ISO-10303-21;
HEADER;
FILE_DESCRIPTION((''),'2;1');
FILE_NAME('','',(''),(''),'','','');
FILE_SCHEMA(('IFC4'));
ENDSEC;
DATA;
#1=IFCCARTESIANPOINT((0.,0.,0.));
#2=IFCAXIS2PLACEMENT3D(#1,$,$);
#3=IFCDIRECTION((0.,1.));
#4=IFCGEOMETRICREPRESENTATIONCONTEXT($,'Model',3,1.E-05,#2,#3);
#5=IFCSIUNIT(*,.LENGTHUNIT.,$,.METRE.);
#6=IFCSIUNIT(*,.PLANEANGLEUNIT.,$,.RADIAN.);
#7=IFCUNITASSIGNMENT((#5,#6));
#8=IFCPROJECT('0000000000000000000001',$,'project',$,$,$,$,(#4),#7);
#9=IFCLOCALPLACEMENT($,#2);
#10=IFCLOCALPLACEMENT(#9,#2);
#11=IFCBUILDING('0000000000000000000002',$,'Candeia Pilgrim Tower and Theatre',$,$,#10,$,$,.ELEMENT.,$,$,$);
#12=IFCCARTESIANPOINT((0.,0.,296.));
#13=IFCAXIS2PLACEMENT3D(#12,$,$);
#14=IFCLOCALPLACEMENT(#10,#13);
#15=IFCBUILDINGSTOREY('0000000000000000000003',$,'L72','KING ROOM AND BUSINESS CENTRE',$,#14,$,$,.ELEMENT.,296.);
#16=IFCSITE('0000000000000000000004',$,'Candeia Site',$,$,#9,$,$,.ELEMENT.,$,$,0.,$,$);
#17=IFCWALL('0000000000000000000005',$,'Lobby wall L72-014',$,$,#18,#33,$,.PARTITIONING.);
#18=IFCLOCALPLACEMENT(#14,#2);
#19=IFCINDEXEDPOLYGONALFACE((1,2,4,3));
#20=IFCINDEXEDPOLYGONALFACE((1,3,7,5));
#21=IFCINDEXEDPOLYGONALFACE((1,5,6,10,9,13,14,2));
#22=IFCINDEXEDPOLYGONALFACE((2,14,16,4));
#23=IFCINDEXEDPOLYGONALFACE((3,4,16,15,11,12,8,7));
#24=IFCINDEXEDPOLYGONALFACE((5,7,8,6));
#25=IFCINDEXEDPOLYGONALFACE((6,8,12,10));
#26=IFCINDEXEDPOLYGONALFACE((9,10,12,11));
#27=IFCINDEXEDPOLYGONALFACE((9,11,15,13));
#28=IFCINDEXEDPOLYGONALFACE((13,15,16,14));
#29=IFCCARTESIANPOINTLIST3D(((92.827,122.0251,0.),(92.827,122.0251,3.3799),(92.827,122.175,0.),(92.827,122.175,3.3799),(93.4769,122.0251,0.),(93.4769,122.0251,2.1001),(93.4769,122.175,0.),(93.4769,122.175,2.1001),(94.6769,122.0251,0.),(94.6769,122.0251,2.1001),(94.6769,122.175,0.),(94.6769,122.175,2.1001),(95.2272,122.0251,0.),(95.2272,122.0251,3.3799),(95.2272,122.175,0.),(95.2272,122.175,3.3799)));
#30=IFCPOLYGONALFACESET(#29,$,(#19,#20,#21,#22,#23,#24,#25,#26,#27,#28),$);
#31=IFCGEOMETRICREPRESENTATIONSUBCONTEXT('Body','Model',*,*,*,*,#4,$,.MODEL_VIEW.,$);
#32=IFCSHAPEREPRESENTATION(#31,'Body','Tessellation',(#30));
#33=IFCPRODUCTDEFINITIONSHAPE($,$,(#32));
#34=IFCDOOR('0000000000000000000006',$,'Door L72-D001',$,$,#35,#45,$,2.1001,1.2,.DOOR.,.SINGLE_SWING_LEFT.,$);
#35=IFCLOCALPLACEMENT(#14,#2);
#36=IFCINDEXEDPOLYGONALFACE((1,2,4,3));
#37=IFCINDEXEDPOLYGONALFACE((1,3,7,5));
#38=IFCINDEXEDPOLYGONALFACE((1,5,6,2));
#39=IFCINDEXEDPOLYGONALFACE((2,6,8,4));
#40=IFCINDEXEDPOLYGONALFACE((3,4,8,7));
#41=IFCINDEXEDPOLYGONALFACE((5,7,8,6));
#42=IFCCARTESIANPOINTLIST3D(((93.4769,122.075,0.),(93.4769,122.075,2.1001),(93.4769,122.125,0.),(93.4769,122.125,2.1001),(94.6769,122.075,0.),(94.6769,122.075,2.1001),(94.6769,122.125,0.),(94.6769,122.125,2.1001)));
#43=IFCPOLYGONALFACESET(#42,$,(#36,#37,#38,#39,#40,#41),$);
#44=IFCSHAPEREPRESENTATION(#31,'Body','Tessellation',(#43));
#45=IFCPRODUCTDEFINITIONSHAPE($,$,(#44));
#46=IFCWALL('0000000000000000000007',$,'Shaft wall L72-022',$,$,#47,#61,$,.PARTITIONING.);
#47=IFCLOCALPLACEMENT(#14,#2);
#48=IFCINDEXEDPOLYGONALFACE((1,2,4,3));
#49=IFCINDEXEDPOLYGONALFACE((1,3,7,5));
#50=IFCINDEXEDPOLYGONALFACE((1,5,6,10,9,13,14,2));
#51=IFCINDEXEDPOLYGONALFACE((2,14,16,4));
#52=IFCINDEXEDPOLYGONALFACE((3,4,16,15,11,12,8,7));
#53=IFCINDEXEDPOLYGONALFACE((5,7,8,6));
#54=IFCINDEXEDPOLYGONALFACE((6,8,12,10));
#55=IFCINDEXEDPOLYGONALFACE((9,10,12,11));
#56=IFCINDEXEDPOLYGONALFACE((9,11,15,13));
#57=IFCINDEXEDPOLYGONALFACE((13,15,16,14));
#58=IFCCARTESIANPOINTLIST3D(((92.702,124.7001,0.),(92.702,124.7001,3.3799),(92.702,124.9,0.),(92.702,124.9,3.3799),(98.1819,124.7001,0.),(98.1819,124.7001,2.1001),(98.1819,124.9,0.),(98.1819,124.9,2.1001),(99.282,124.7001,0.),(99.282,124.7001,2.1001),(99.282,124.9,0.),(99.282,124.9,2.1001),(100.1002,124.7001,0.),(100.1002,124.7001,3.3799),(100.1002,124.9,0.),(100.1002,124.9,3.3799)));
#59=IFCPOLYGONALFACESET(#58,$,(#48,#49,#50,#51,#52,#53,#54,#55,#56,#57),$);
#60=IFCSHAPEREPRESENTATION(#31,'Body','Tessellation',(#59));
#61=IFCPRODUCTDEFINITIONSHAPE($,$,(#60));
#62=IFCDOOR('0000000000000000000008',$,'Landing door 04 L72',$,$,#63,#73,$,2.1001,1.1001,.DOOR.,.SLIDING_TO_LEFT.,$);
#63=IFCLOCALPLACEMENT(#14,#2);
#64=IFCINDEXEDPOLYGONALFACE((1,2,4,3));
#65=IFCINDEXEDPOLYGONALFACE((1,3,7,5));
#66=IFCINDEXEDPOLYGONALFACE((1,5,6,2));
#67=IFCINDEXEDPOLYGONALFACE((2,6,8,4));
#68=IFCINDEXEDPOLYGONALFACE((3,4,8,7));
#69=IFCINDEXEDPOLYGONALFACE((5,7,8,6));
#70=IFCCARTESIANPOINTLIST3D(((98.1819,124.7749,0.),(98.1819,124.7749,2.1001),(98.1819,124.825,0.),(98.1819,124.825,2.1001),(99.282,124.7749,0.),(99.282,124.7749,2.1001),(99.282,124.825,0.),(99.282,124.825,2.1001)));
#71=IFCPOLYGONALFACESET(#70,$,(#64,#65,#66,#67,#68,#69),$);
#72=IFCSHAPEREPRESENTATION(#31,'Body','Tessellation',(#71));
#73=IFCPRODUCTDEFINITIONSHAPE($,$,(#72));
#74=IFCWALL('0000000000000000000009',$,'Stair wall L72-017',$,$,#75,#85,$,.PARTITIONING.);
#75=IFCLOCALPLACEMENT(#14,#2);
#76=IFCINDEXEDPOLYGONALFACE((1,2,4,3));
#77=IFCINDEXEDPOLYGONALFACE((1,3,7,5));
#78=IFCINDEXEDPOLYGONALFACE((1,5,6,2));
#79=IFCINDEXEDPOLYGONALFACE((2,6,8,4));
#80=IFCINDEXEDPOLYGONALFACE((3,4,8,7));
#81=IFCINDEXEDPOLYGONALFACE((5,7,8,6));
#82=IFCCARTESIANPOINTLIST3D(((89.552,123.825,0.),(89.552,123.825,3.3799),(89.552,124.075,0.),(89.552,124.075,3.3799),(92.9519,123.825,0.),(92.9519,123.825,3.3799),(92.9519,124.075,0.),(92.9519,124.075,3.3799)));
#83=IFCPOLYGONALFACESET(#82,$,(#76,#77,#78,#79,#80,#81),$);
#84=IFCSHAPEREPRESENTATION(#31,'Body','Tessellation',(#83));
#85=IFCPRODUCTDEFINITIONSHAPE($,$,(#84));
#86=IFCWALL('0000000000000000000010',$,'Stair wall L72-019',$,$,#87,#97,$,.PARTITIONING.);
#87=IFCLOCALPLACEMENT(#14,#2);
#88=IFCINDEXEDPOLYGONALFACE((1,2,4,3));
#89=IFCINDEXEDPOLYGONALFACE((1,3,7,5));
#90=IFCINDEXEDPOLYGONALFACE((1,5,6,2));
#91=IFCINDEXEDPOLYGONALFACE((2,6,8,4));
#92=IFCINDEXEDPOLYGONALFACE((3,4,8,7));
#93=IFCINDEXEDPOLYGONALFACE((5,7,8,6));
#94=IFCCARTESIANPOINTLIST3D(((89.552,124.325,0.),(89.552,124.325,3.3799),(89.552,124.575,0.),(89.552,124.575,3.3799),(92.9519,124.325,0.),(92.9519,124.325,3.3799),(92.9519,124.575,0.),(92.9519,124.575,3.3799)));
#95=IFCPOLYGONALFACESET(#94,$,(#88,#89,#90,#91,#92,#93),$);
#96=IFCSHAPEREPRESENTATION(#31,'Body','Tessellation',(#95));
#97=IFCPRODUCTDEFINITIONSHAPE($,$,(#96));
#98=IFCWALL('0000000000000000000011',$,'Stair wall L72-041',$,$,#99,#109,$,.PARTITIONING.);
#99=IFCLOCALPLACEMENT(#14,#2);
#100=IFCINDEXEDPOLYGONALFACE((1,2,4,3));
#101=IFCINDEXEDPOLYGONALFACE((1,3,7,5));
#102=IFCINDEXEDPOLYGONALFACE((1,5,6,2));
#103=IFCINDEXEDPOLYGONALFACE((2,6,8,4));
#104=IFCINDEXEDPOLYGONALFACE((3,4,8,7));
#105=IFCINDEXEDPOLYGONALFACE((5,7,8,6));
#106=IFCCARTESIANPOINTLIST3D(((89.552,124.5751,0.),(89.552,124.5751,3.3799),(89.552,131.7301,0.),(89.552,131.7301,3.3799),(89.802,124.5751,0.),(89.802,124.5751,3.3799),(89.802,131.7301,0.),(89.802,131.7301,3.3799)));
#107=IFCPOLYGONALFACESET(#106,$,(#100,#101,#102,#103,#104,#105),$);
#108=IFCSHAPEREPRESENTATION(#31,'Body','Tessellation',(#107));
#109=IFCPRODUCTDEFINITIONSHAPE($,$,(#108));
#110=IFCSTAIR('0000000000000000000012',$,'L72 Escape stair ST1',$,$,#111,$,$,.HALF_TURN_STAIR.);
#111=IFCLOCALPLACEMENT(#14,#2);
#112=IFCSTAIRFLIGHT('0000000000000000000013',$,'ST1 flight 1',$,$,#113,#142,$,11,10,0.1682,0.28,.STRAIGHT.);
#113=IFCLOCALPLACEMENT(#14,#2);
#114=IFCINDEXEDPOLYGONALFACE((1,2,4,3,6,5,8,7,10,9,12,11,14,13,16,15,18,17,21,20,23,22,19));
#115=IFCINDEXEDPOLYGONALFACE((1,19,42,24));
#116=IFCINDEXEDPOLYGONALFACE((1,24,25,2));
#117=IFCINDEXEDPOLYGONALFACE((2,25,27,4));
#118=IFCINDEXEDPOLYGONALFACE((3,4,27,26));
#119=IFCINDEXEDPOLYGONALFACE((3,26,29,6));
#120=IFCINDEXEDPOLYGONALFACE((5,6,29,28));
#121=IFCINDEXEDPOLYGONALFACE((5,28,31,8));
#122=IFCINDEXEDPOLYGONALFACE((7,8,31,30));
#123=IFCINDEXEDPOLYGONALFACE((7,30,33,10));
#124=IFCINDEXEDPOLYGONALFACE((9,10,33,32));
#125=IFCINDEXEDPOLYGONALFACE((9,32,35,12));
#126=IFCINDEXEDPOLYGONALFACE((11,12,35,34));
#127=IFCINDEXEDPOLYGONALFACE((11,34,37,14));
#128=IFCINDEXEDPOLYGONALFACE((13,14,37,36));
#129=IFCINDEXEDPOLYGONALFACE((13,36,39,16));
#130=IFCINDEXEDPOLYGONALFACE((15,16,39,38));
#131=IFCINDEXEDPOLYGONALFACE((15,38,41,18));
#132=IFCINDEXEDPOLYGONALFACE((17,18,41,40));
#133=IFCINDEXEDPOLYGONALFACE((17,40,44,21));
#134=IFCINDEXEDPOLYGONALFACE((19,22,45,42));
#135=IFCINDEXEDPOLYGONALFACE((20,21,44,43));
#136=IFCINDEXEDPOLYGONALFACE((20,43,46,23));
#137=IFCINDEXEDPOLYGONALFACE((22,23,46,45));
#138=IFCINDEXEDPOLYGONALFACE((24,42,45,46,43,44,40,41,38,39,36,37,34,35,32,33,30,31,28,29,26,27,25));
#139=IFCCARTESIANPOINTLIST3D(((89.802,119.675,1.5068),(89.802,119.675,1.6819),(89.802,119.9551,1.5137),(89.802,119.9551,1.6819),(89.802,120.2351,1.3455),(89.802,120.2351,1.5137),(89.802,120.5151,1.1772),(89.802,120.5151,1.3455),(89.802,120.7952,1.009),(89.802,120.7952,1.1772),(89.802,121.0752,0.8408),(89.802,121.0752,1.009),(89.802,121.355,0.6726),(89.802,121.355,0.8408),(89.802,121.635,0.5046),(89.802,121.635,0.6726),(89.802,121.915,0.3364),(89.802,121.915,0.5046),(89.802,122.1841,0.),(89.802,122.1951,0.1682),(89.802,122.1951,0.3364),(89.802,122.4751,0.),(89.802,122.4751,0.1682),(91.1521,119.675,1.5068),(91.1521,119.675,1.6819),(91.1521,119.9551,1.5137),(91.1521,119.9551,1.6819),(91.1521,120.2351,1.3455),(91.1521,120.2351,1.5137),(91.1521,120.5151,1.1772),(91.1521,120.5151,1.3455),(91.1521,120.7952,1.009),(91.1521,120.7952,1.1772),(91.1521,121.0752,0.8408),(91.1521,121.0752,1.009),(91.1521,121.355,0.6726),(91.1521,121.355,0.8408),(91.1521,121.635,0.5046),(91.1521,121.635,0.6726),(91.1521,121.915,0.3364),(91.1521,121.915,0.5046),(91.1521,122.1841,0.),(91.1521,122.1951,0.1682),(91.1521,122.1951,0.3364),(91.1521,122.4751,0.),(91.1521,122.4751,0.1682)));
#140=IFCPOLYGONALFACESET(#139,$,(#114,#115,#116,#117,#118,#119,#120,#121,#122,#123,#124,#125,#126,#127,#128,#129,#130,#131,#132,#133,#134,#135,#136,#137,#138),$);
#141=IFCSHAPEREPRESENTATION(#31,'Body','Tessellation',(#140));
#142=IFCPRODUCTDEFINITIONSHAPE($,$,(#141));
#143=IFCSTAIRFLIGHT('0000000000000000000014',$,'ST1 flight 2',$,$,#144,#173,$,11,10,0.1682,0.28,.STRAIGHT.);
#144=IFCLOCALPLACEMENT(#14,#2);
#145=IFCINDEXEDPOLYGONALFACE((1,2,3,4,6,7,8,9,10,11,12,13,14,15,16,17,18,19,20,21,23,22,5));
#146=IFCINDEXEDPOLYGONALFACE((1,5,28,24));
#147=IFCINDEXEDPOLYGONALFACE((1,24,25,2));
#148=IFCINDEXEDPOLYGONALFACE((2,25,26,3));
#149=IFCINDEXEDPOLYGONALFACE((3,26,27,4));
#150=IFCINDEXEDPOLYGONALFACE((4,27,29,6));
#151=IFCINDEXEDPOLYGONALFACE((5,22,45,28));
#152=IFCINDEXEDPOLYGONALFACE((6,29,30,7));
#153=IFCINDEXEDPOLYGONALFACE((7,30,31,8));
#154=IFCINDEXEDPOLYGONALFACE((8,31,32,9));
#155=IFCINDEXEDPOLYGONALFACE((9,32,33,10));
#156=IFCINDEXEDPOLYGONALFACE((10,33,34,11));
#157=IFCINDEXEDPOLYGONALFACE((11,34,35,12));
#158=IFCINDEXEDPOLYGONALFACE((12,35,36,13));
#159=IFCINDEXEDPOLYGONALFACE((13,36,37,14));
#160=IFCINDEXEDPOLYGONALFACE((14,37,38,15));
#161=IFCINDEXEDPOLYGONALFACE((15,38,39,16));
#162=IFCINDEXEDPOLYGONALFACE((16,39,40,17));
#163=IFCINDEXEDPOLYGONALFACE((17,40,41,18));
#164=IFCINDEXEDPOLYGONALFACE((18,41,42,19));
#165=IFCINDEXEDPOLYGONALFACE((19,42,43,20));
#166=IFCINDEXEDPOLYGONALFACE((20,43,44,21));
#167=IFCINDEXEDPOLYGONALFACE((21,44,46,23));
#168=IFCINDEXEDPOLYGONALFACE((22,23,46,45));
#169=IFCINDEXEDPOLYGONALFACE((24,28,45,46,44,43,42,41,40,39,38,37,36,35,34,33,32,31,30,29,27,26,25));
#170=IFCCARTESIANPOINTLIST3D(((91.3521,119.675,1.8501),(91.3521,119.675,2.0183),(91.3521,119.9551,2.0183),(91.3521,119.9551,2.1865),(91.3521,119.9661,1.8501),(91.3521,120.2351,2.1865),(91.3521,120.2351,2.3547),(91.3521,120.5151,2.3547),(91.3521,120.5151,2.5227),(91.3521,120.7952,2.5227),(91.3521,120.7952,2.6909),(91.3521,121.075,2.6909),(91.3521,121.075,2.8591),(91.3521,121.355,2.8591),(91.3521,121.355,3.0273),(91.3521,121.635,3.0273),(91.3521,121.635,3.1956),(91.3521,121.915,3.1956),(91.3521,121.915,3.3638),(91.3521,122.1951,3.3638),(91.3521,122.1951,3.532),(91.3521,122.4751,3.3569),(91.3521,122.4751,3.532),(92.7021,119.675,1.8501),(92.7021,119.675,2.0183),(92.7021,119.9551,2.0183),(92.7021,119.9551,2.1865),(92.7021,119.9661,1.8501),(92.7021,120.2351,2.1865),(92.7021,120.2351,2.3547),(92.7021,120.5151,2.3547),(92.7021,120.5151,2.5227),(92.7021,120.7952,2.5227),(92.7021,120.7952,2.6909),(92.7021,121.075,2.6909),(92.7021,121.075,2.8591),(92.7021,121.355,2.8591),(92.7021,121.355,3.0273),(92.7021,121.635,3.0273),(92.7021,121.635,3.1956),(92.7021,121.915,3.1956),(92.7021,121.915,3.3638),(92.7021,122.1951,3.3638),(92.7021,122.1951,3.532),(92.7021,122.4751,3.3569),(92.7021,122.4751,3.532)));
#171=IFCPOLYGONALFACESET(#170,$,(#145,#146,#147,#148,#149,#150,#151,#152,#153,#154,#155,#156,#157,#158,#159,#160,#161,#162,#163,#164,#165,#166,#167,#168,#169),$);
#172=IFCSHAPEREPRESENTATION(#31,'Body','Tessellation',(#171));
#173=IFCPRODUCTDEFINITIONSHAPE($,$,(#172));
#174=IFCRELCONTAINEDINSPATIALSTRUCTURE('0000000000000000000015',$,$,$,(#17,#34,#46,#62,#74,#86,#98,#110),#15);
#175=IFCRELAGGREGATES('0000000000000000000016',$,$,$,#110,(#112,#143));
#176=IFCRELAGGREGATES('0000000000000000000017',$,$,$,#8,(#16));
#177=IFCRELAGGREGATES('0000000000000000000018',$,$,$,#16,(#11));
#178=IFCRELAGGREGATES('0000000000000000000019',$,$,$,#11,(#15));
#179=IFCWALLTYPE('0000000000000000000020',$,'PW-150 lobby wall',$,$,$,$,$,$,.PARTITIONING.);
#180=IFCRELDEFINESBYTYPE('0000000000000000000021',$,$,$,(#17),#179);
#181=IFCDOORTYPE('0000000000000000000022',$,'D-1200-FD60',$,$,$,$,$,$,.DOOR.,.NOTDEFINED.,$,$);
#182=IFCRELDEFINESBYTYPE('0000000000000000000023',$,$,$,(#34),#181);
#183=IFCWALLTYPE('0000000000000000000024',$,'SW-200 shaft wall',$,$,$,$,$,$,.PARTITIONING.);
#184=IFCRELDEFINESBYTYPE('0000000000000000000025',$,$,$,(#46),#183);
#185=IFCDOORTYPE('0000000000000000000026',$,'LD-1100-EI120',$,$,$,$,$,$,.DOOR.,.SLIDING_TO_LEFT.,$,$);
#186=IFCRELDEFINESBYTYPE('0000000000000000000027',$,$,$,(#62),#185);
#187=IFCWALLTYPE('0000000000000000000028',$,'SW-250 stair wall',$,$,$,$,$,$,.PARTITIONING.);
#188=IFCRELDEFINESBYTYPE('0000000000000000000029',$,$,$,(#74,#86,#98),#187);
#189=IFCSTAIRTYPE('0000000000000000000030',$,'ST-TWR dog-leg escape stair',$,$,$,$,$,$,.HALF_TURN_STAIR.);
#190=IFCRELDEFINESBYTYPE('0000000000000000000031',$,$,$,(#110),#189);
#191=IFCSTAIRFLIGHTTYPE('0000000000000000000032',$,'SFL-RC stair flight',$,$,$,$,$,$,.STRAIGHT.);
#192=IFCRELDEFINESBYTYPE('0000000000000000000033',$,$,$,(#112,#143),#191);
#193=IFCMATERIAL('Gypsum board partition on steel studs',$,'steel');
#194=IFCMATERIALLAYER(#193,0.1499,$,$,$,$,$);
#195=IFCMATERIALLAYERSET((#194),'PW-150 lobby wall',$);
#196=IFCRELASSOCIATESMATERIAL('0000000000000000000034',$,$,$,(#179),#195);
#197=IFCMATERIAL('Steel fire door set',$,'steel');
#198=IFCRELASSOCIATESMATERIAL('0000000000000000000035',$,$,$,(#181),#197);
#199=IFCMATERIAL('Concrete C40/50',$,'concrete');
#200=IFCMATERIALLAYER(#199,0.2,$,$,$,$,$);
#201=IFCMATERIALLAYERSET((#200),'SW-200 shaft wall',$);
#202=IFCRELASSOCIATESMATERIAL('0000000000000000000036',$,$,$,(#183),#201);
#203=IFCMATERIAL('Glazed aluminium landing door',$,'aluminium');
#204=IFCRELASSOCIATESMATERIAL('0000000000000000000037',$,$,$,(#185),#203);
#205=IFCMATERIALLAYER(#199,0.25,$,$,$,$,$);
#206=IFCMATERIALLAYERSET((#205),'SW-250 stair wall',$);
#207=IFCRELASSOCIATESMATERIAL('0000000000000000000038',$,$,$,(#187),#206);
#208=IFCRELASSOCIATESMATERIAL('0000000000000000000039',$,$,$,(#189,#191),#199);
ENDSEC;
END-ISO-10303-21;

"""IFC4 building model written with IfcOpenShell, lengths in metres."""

from ifc_helpers import new_model, si_unit, direction, frame, frame_2d, origin, place, context, subcontext, project, spatial, polyline, rectangle, outline, extrude, material, layer, layer_set, type_object, element, fill, aggregate, save


model = new_model("IFC4")

# Units and contexts
model_context = context("Model", 3, precision=1e-05, world=origin(), true_north=direction((0.0, 1.0)))
body_context = subcontext(model_context, "Body", "Model", "MODEL_VIEW")
ifc_project = project(units=[si_unit("LENGTHUNIT", "METRE"), si_unit("PLANEANGLEUNIT", "RADIAN")], contexts=[model_context])

# Site, building, storey
site_placement = place(None, origin())
site = spatial("IfcSite", under=ifc_project, at=site_placement, Name="Candeia Site", CompositionType="ELEMENT", RefElevation=0.0)
building_placement = place(site_placement, origin())
building = spatial("IfcBuilding", under=site, at=building_placement, Name="Candeia Pilgrim Tower and Theatre", CompositionType="ELEMENT")
storey_placement = place(building_placement, frame((0.0, 0.0, 296.0)))
storey = spatial("IfcBuildingStorey", under=building, at=storey_placement, Name="L72", Description="KING ROOM AND BUSINESS CENTRE", CompositionType="ELEMENT", Elevation=296.0)

# Walls, openings, doors
ifc_material_1 = material(Name="Gypsum board partition on steel studs", Category="steel")
ifc_layer_1 = layer(ifc_material_1, 0.1499)
ifc_layer_set_1 = layer_set([ifc_layer_1], Name="PW-150 lobby wall")
wall_type_1 = type_object("IfcWallType", Name="PW-150 lobby wall", PredefinedType="PARTITIONING", material=ifc_layer_set_1)
wall_1_placement = place(storey_placement, frame((92.8269, 122.1001, 0.0), z_axis=(0.0, 0.0, 1.0), x_axis=(1.0, 0.0, 0.0)))
wall_1 = element("IfcWall", 1, at=wall_1_placement, inside=storey, type_object=wall_type_1, Name="Lobby wall L72-014", PredefinedType="PARTITIONING", context=body_context, shape_type="SweptSolid", body=[
    extrude(rectangle(XDim=2.4001, YDim=0.1499, at=frame_2d((1.2002, 0.0))), origin(), (0.0, 0.0, 1.0), 3.3799),
])
opening_1_placement = place(wall_1_placement, frame((0.6499, 0.0, 0.0)))
opening_1 = element("IfcOpeningElement", 2, at=opening_1_placement, cuts=wall_1, PredefinedType="OPENING", context=body_context, shape_type="SweptSolid", body=[
    extrude(rectangle(XDim=1.2, YDim=2.1001, at=frame_2d((0.6001, 1.05))), frame((0.0, 0.085, 0.0), z_axis=(0.0, -1.0, 0.0), x_axis=(1.0, 0.0, 0.0)), (0.0, 0.0, 1.0), 0.1699),
])
ifc_material_2 = material(Name="Steel fire door set", Category="steel")
door_type_1 = type_object("IfcDoorType", Name="D-1200-FD60", OperationType="NOTDEFINED", PredefinedType="DOOR", material=ifc_material_2)
door_1_placement = place(opening_1_placement, origin())
door_1 = element("IfcDoor", 3, at=door_1_placement, inside=storey, type_object=door_type_1, Name="Door L72-D001", OperationType="SINGLE_SWING_LEFT", OverallHeight=2.1001, OverallWidth=1.2, PredefinedType="DOOR", context=body_context, shape_type="SweptSolid", body=[
    extrude(rectangle(XDim=1.2, YDim=2.1001, at=frame_2d((0.6001, 1.05))), frame((0.0, 0.0249, 0.0), z_axis=(0.0, -1.0, 0.0), x_axis=(1.0, 0.0, 0.0)), (0.0, 0.0, 1.0), 0.05),
])
fill(opening_1, door_1)
ifc_material_3 = material(Name="Concrete C40/50", Category="concrete")
ifc_layer_2 = layer(ifc_material_3, 0.2)
ifc_layer_set_2 = layer_set([ifc_layer_2], Name="SW-200 shaft wall")
wall_type_2 = type_object("IfcWallType", Name="SW-200 shaft wall", PredefinedType="PARTITIONING", material=ifc_layer_set_2)
wall_2_placement = place(storey_placement, frame((92.7019, 124.8, 0.0), z_axis=(0.0, 0.0, 1.0), x_axis=(1.0, 0.0, 0.0)))
wall_2 = element("IfcWall", 4, at=wall_2_placement, inside=storey, type_object=wall_type_2, Name="Shaft wall L72-022", PredefinedType="PARTITIONING", context=body_context, shape_type="SweptSolid", body=[
    extrude(rectangle(XDim=7.3982, YDim=0.2, at=frame_2d((3.6992, 0.0))), origin(), (0.0, 0.0, 1.0), 3.3799),
])
opening_2_placement = place(wall_2_placement, frame((5.48, 0.0, 0.0)))
opening_2 = element("IfcOpeningElement", 5, at=opening_2_placement, cuts=wall_2, PredefinedType="OPENING", context=body_context, shape_type="SweptSolid", body=[
    extrude(rectangle(XDim=1.1001, YDim=2.1001, at=frame_2d((0.55, 1.05))), frame((0.0, 0.1099, 0.0), z_axis=(0.0, -1.0, 0.0), x_axis=(1.0, 0.0, 0.0)), (0.0, 0.0, 1.0), 0.22),
])
ifc_material_4 = material(Name="Glazed aluminium landing door", Category="aluminium")
door_type_2 = type_object("IfcDoorType", Name="LD-1100-EI120", OperationType="SLIDING_TO_LEFT", PredefinedType="DOOR", material=ifc_material_4)
door_2_placement = place(opening_2_placement, origin())
door_2 = element("IfcDoor", 6, at=door_2_placement, inside=storey, type_object=door_type_2, Name="Landing door 04 L72", OperationType="SLIDING_TO_LEFT", OverallHeight=2.1001, OverallWidth=1.1001, PredefinedType="DOOR", context=body_context, shape_type="SweptSolid", body=[
    extrude(rectangle(XDim=1.1001, YDim=2.1001, at=frame_2d((0.55, 1.05))), frame((0.0, 0.0249, 0.0), z_axis=(0.0, -1.0, 0.0), x_axis=(1.0, 0.0, 0.0)), (0.0, 0.0, 1.0), 0.05),
])
fill(opening_2, door_2)

# Walls
ifc_layer_3 = layer(ifc_material_3, 0.25)
ifc_layer_set_3 = layer_set([ifc_layer_3], Name="SW-250 stair wall")
wall_type_3 = type_object("IfcWallType", Name="SW-250 stair wall", PredefinedType="PARTITIONING", material=ifc_layer_set_3)
for number, where, z_axis, x_axis, name in (
    (7, (89.552, 123.95, 0.0), (0.0, 0.0, 1.0), (1.0, 0.0, 0.0), "Stair wall L72-017"),
    (8, (89.552, 124.45, 0.0), (0.0, 0.0, 1.0), (1.0, 0.0, 0.0), "Stair wall L72-019"),
):
    element("IfcWall", number, at=place(storey_placement, frame(where, z_axis=z_axis, x_axis=x_axis)), inside=storey, type_object=wall_type_3, Name=name, PredefinedType="PARTITIONING", context=body_context, shape_type="SweptSolid", body=[
        extrude(rectangle(XDim=3.3999, YDim=0.25, at=frame_2d((1.7, 0.0))), origin(), (0.0, 0.0, 1.0), 3.3799),
    ])
wall_3_placement = place(storey_placement, frame((89.677, 124.575, 0.0), z_axis=(0.0, 0.0, 1.0), x_axis=(0.0, 1.0, 0.0)))
element("IfcWall", 9, at=wall_3_placement, inside=storey, type_object=wall_type_3, Name="Stair wall L72-041", PredefinedType="PARTITIONING", context=body_context, shape_type="SweptSolid", body=[
    extrude(rectangle(XDim=7.155, YDim=0.25, at=frame_2d((3.5776, 0.0))), origin(), (0.0, 0.0, 1.0), 3.3799),
])

# Stair, stair flights
stair_type = type_object("IfcStairType", Name="ST-TWR dog-leg escape stair", PredefinedType="HALF_TURN_STAIR", material=ifc_material_3)
stair_1_placement = place(storey_placement, origin())
stair_1 = element("IfcStair", 10, at=stair_1_placement, inside=storey, type_object=stair_type, Name="L72 Escape stair ST1", PredefinedType="HALF_TURN_STAIR")
stair_flight_type = type_object("IfcStairFlightType", Name="SFL-RC stair flight", PredefinedType="STRAIGHT", material=ifc_material_3)
stair_flight_1_placement = place(storey_placement, frame((90.4771, 122.4751, 0.0), z_axis=(0.0, 0.0, 1.0), x_axis=(0.0, -1.0, 0.0)))
stair_flight_1 = element("IfcStairFlight", 11, at=stair_flight_1_placement, type_object=stair_flight_type, Name="ST1 flight 1", NumberOfRisers=11, NumberOfTreads=10, PredefinedType="STRAIGHT", RiserHeight=0.1682, TreadLength=0.28, context=body_context, shape_type="SweptSolid", body=[
    extrude(outline(polyline([(0.0, 0.0), (0.0, 0.1682), (0.28, 0.1682), (0.28, 0.3364), (0.5601, 0.3364), (0.5601, 0.5046), (0.8401, 0.5046), (0.8401, 0.6726), (1.1201, 0.6726), (1.1201, 0.8408), (1.3999, 0.8408), (1.3999, 1.009), (1.6799, 1.009), (1.6799, 1.1772), (1.96, 1.1772), (1.96, 1.3455), (2.24, 1.3455), (2.24, 1.5137), (2.52, 1.5137), (2.52, 1.6819), (2.8, 1.6819), (2.8, 1.8501), (2.8, 1.5068), (0.291, 0.0), (0.0, 0.0)])), frame((0.0, 0.675, 0.0), z_axis=(0.0, -1.0, 0.0), x_axis=(1.0, 0.0, 0.0)), (0.0, 0.0, 1.0), 1.3501),
])
stair_flight_2_placement = place(storey_placement, frame((92.0271, 119.675, 1.8501), z_axis=(0.0, 0.0, 1.0), x_axis=(0.0, 1.0, 0.0)))
stair_flight_2 = element("IfcStairFlight", 12, at=stair_flight_2_placement, type_object=stair_flight_type, Name="ST1 flight 2", NumberOfRisers=11, NumberOfTreads=10, PredefinedType="STRAIGHT", RiserHeight=0.1682, TreadLength=0.28, context=body_context, shape_type="SweptSolid", body=[
    extrude(outline(polyline([(0.0, 0.0), (0.0, 0.1682), (0.28, 0.1682), (0.28, 0.3364), (0.5601, 0.3364), (0.5601, 0.5046), (0.8401, 0.5046), (0.8401, 0.6726), (1.1201, 0.6726), (1.1201, 0.8408), (1.3999, 0.8408), (1.3999, 1.009), (1.6799, 1.009), (1.6799, 1.1772), (1.96, 1.1772), (1.96, 1.3455), (2.24, 1.3455), (2.24, 1.5137), (2.52, 1.5137), (2.52, 1.6819), (2.8, 1.6819), (2.8, 1.8501), (2.8, 1.5068), (0.291, 0.0), (0.0, 0.0)])), frame((0.0, 0.675, 0.0), z_axis=(0.0, -1.0, 0.0), x_axis=(1.0, 0.0, 0.0)), (0.0, 0.0, 1.0), 1.3501),
])
aggregate(stair_1, [stair_flight_1, stair_flight_2])

save(model, "model.ifc")
